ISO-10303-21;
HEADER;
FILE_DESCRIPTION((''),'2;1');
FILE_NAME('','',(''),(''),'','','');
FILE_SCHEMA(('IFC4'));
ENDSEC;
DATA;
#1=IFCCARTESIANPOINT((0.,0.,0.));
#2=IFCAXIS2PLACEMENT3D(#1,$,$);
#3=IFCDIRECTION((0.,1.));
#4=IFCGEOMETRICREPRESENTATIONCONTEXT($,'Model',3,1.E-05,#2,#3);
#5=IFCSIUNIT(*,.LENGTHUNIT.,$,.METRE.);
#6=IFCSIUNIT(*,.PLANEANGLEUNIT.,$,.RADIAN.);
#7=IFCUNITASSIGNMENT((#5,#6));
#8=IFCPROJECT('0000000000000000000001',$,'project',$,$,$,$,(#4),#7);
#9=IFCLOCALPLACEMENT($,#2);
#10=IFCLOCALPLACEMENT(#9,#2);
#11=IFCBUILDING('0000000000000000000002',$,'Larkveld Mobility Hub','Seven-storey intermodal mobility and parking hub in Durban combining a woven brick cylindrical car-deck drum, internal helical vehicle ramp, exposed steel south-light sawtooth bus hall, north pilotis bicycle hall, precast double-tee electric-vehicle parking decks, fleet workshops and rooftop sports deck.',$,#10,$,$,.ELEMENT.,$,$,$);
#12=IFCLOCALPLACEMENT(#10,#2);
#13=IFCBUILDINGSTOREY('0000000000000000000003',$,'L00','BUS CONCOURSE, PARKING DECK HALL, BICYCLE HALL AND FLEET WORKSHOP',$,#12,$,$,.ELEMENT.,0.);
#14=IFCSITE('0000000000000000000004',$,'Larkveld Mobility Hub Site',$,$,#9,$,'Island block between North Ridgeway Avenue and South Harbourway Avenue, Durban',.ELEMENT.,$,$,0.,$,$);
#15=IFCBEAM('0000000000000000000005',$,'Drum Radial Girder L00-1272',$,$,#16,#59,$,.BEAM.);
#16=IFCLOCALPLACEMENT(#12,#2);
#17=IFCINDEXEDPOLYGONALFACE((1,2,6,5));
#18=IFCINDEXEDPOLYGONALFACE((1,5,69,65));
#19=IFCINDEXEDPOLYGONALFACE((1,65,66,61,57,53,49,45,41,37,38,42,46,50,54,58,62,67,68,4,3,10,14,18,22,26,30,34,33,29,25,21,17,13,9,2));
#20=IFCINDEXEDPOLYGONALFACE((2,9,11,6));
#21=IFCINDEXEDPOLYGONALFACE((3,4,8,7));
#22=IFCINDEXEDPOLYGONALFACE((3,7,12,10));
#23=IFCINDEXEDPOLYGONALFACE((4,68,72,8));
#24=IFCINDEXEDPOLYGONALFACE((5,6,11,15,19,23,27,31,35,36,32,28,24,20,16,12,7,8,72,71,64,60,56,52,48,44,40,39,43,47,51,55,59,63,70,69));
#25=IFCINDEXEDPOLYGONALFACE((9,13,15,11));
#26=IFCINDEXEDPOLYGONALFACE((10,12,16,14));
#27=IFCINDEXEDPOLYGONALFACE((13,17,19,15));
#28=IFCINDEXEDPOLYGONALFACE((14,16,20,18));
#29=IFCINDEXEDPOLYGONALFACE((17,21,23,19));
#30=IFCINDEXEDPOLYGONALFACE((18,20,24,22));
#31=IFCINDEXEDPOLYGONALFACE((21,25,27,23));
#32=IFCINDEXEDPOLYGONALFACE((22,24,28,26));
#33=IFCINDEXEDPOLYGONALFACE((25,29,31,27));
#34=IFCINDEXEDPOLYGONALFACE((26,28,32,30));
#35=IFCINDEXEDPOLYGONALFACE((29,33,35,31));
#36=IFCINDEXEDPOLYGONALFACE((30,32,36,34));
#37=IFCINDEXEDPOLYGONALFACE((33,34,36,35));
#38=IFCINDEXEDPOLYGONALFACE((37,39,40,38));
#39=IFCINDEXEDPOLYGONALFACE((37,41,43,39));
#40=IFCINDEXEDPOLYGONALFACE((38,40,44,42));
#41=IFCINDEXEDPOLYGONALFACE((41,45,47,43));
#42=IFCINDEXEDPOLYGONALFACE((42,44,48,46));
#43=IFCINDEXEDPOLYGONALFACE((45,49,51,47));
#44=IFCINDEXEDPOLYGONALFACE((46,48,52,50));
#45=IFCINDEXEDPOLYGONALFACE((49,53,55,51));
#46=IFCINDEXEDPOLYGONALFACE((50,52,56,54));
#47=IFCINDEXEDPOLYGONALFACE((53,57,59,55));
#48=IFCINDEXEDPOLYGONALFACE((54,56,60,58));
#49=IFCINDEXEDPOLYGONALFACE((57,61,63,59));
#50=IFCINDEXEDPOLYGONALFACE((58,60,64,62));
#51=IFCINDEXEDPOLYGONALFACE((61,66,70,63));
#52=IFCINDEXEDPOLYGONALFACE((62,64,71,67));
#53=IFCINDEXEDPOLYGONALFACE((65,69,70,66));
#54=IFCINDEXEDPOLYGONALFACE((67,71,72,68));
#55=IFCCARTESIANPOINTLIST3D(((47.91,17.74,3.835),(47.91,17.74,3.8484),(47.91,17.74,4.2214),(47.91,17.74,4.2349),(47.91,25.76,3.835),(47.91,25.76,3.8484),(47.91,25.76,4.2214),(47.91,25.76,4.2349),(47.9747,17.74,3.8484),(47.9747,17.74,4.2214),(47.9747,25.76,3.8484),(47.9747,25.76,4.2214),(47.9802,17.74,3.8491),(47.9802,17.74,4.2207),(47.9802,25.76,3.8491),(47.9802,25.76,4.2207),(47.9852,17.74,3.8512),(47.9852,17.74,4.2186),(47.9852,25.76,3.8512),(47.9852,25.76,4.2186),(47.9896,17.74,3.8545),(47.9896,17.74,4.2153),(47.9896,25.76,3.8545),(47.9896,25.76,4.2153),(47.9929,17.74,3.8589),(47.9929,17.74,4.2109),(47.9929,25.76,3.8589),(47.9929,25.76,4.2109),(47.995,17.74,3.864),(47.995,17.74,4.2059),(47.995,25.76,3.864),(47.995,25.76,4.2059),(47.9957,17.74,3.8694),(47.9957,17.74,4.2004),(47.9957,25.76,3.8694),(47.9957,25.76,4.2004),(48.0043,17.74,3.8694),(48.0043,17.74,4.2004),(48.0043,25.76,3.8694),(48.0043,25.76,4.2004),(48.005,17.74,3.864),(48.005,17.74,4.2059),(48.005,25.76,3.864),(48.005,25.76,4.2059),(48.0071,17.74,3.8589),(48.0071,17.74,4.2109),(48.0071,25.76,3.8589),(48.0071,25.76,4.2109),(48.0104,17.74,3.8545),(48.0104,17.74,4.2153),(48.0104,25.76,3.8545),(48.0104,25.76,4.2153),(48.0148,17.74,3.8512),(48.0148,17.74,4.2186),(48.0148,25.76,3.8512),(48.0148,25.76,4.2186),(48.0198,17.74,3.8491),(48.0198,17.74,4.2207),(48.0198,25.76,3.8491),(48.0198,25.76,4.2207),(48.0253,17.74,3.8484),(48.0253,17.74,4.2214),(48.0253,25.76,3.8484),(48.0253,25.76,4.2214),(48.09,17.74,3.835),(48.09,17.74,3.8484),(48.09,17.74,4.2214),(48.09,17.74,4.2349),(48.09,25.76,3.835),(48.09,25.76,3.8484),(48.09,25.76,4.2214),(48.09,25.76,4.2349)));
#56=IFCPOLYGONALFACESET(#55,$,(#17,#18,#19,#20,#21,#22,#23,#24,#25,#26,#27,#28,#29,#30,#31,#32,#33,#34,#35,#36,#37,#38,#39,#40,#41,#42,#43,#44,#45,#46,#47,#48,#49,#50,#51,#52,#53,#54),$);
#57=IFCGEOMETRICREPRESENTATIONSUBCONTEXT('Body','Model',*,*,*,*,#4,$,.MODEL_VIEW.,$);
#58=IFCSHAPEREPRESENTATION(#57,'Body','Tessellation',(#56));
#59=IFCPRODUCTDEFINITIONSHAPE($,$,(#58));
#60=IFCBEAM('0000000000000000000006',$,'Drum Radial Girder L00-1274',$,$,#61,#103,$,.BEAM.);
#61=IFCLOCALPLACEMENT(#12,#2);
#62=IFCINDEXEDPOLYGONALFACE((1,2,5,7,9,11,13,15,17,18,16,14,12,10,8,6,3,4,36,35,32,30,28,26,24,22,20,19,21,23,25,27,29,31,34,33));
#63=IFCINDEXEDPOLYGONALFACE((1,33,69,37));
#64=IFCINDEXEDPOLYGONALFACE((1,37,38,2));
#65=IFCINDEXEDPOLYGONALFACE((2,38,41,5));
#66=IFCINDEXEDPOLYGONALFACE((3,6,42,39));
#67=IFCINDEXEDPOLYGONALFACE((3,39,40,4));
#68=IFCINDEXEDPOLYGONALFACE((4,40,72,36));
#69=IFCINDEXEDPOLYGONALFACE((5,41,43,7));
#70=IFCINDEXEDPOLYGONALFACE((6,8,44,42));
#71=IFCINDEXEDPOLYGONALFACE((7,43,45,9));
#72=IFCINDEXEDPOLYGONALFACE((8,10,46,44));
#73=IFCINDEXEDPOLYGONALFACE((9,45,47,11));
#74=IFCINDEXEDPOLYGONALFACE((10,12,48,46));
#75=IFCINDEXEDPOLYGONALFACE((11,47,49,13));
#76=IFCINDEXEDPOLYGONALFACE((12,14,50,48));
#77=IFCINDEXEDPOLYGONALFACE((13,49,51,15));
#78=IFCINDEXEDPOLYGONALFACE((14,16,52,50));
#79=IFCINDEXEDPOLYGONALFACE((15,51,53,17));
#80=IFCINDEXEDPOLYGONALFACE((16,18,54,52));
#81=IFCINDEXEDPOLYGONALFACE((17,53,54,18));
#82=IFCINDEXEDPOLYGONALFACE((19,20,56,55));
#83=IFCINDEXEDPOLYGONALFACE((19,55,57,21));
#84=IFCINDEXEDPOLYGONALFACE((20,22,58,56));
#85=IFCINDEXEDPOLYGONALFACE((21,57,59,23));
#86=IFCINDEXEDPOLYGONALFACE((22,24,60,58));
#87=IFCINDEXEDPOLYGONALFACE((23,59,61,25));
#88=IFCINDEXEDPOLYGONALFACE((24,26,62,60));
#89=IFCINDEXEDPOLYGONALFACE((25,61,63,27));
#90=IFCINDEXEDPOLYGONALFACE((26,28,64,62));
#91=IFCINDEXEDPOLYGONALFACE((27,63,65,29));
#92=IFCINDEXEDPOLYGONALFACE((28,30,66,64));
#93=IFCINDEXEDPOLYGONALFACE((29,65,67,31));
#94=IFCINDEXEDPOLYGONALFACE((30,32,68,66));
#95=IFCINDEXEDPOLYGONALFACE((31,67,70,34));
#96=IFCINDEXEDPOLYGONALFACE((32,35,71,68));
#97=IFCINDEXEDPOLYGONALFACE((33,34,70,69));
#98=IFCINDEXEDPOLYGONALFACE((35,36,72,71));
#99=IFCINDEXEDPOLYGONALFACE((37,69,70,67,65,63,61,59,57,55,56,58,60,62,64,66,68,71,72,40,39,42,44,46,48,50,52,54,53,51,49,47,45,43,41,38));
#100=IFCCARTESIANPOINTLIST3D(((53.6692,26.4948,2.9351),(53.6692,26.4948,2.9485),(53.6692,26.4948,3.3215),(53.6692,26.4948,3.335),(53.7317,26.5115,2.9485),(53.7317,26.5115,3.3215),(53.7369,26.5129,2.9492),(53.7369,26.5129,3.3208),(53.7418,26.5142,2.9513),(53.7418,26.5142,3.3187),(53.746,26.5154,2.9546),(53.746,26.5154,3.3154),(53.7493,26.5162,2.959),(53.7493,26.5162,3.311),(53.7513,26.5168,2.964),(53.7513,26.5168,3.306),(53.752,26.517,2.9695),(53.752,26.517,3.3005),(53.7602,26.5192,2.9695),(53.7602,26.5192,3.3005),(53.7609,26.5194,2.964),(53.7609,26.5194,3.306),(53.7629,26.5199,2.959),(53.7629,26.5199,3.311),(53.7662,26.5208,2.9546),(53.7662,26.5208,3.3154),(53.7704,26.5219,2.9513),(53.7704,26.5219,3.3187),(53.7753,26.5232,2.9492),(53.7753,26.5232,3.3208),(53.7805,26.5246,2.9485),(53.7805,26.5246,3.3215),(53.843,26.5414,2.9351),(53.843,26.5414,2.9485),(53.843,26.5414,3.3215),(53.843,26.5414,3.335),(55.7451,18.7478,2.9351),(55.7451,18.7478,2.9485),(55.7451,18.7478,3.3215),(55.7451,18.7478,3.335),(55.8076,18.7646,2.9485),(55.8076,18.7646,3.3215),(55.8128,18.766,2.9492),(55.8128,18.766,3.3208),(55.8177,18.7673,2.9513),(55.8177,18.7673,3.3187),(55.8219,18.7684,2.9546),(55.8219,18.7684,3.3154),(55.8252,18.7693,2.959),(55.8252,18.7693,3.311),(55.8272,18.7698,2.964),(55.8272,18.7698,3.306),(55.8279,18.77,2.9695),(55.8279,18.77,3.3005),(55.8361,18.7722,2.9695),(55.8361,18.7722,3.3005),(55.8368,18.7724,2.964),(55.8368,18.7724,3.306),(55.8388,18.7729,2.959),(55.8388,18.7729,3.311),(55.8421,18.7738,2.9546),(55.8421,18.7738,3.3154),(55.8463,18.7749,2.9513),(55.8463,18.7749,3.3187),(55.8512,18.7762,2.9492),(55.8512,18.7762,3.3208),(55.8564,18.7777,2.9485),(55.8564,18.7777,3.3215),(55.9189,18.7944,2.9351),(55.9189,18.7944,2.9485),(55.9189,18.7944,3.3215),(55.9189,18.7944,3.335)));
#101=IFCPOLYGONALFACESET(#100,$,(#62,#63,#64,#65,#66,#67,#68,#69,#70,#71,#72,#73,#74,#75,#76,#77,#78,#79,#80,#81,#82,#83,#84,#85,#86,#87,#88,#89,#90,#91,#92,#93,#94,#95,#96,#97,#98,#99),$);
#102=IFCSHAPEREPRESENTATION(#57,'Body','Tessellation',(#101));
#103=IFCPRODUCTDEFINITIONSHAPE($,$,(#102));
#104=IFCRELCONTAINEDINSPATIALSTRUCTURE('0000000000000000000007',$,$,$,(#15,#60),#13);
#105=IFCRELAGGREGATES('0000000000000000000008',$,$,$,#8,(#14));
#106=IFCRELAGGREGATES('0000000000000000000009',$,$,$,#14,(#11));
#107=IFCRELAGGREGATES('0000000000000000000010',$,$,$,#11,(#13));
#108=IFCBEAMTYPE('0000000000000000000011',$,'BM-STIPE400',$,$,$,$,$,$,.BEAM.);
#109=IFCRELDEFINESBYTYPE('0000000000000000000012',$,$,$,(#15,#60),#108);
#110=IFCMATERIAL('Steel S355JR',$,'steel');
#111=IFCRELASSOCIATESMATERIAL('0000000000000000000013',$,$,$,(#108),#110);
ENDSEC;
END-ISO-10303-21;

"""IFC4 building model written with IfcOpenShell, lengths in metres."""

from ifc_helpers import new_model, si_unit, direction, frame, origin, origin_2d, place, context, subcontext, project, spatial, i_section, extrude, material, material_profile, profile_set, type_object, element, save


model = new_model("IFC4")

# Units and contexts
model_context = context("Model", 3, precision=1e-05, world=origin(), true_north=direction((0.0, 1.0)))
body_context = subcontext(model_context, "Body", "Model", "MODEL_VIEW")
ifc_project = project(units=[si_unit("LENGTHUNIT", "METRE"), si_unit("PLANEANGLEUNIT", "RADIAN")], contexts=[model_context])

# Site, building, storey
site_placement = place(None, origin())
site = spatial("IfcSite", under=ifc_project, at=site_placement, Name="Larkveld Mobility Hub Site", LongName="Island block between North Ridgeway Avenue and South Harbourway Avenue, Durban", CompositionType="ELEMENT", RefElevation=0.0)
building_placement = place(site_placement, origin())
building = spatial("IfcBuilding", under=site, at=building_placement, Name="Larkveld Mobility Hub", Description="Seven-storey intermodal mobility and parking hub in Durban combining a woven brick cylindrical car-deck drum, internal helical vehicle ramp, exposed steel south-light sawtooth bus hall, north pilotis bicycle hall, precast double-tee electric-vehicle parking decks, fleet workshops and rooftop sports deck.", CompositionType="ELEMENT")
storey_placement = place(building_placement, origin())
storey = spatial("IfcBuildingStorey", under=building, at=storey_placement, Name="L00", Description="BUS CONCOURSE, PARKING DECK HALL, BICYCLE HALL AND FLEET WORKSHOP", CompositionType="ELEMENT", Elevation=0.0)

# Beams
ifc_material_1 = material(Name="Steel S355JR", Category="steel")
ifc_material_profile_1 = material_profile(ifc_material_1, i_section(OverallWidth=0.1799, OverallDepth=0.3999, WebThickness=0.0085, FlangeThickness=0.0134, FilletRadius=0.021, at=origin_2d()), Name="IPE 400")
ifc_profile_set_1 = profile_set([ifc_material_profile_1], Name="Steel S355JR")
beam_type_1 = type_object("IfcBeamType", Name="BM-STIPE400", PredefinedType="BEAM", material=ifc_profile_set_1)
beam_1_placement = place(storey_placement, frame((48.0, 25.76, 4.0349), z_axis=(0.0, -1.0, 0.0), x_axis=(1.0, 0.0, 0.0)))
element("IfcBeam", 1, at=beam_1_placement, inside=storey, type_object=beam_type_1, Name="Drum Radial Girder L00-1272", PredefinedType="BEAM", context=body_context, shape_type="SweptSolid", body=[
    extrude(i_section(OverallWidth=0.1799, OverallDepth=0.3999, WebThickness=0.0085, FlangeThickness=0.0134, FilletRadius=0.021, at=origin_2d()), origin(), (0.0, 0.0, 1.0), 8.02),
])
beam_2_placement = place(storey_placement, frame((53.7561, 26.5181, 3.135), z_axis=(0.258831, -0.965923, 0.0), x_axis=(0.965923, 0.258831, 0.0)))
element("IfcBeam", 2, at=beam_2_placement, inside=storey, type_object=beam_type_1, Name="Drum Radial Girder L00-1274", PredefinedType="BEAM", context=body_context, shape_type="SweptSolid", body=[
    extrude(i_section(OverallWidth=0.1799, OverallDepth=0.3999, WebThickness=0.0085, FlangeThickness=0.0134, FilletRadius=0.021, at=origin_2d()), origin(), (0.0, 0.0, 1.0), 8.0203),
])

save(model, "model.ifc")
